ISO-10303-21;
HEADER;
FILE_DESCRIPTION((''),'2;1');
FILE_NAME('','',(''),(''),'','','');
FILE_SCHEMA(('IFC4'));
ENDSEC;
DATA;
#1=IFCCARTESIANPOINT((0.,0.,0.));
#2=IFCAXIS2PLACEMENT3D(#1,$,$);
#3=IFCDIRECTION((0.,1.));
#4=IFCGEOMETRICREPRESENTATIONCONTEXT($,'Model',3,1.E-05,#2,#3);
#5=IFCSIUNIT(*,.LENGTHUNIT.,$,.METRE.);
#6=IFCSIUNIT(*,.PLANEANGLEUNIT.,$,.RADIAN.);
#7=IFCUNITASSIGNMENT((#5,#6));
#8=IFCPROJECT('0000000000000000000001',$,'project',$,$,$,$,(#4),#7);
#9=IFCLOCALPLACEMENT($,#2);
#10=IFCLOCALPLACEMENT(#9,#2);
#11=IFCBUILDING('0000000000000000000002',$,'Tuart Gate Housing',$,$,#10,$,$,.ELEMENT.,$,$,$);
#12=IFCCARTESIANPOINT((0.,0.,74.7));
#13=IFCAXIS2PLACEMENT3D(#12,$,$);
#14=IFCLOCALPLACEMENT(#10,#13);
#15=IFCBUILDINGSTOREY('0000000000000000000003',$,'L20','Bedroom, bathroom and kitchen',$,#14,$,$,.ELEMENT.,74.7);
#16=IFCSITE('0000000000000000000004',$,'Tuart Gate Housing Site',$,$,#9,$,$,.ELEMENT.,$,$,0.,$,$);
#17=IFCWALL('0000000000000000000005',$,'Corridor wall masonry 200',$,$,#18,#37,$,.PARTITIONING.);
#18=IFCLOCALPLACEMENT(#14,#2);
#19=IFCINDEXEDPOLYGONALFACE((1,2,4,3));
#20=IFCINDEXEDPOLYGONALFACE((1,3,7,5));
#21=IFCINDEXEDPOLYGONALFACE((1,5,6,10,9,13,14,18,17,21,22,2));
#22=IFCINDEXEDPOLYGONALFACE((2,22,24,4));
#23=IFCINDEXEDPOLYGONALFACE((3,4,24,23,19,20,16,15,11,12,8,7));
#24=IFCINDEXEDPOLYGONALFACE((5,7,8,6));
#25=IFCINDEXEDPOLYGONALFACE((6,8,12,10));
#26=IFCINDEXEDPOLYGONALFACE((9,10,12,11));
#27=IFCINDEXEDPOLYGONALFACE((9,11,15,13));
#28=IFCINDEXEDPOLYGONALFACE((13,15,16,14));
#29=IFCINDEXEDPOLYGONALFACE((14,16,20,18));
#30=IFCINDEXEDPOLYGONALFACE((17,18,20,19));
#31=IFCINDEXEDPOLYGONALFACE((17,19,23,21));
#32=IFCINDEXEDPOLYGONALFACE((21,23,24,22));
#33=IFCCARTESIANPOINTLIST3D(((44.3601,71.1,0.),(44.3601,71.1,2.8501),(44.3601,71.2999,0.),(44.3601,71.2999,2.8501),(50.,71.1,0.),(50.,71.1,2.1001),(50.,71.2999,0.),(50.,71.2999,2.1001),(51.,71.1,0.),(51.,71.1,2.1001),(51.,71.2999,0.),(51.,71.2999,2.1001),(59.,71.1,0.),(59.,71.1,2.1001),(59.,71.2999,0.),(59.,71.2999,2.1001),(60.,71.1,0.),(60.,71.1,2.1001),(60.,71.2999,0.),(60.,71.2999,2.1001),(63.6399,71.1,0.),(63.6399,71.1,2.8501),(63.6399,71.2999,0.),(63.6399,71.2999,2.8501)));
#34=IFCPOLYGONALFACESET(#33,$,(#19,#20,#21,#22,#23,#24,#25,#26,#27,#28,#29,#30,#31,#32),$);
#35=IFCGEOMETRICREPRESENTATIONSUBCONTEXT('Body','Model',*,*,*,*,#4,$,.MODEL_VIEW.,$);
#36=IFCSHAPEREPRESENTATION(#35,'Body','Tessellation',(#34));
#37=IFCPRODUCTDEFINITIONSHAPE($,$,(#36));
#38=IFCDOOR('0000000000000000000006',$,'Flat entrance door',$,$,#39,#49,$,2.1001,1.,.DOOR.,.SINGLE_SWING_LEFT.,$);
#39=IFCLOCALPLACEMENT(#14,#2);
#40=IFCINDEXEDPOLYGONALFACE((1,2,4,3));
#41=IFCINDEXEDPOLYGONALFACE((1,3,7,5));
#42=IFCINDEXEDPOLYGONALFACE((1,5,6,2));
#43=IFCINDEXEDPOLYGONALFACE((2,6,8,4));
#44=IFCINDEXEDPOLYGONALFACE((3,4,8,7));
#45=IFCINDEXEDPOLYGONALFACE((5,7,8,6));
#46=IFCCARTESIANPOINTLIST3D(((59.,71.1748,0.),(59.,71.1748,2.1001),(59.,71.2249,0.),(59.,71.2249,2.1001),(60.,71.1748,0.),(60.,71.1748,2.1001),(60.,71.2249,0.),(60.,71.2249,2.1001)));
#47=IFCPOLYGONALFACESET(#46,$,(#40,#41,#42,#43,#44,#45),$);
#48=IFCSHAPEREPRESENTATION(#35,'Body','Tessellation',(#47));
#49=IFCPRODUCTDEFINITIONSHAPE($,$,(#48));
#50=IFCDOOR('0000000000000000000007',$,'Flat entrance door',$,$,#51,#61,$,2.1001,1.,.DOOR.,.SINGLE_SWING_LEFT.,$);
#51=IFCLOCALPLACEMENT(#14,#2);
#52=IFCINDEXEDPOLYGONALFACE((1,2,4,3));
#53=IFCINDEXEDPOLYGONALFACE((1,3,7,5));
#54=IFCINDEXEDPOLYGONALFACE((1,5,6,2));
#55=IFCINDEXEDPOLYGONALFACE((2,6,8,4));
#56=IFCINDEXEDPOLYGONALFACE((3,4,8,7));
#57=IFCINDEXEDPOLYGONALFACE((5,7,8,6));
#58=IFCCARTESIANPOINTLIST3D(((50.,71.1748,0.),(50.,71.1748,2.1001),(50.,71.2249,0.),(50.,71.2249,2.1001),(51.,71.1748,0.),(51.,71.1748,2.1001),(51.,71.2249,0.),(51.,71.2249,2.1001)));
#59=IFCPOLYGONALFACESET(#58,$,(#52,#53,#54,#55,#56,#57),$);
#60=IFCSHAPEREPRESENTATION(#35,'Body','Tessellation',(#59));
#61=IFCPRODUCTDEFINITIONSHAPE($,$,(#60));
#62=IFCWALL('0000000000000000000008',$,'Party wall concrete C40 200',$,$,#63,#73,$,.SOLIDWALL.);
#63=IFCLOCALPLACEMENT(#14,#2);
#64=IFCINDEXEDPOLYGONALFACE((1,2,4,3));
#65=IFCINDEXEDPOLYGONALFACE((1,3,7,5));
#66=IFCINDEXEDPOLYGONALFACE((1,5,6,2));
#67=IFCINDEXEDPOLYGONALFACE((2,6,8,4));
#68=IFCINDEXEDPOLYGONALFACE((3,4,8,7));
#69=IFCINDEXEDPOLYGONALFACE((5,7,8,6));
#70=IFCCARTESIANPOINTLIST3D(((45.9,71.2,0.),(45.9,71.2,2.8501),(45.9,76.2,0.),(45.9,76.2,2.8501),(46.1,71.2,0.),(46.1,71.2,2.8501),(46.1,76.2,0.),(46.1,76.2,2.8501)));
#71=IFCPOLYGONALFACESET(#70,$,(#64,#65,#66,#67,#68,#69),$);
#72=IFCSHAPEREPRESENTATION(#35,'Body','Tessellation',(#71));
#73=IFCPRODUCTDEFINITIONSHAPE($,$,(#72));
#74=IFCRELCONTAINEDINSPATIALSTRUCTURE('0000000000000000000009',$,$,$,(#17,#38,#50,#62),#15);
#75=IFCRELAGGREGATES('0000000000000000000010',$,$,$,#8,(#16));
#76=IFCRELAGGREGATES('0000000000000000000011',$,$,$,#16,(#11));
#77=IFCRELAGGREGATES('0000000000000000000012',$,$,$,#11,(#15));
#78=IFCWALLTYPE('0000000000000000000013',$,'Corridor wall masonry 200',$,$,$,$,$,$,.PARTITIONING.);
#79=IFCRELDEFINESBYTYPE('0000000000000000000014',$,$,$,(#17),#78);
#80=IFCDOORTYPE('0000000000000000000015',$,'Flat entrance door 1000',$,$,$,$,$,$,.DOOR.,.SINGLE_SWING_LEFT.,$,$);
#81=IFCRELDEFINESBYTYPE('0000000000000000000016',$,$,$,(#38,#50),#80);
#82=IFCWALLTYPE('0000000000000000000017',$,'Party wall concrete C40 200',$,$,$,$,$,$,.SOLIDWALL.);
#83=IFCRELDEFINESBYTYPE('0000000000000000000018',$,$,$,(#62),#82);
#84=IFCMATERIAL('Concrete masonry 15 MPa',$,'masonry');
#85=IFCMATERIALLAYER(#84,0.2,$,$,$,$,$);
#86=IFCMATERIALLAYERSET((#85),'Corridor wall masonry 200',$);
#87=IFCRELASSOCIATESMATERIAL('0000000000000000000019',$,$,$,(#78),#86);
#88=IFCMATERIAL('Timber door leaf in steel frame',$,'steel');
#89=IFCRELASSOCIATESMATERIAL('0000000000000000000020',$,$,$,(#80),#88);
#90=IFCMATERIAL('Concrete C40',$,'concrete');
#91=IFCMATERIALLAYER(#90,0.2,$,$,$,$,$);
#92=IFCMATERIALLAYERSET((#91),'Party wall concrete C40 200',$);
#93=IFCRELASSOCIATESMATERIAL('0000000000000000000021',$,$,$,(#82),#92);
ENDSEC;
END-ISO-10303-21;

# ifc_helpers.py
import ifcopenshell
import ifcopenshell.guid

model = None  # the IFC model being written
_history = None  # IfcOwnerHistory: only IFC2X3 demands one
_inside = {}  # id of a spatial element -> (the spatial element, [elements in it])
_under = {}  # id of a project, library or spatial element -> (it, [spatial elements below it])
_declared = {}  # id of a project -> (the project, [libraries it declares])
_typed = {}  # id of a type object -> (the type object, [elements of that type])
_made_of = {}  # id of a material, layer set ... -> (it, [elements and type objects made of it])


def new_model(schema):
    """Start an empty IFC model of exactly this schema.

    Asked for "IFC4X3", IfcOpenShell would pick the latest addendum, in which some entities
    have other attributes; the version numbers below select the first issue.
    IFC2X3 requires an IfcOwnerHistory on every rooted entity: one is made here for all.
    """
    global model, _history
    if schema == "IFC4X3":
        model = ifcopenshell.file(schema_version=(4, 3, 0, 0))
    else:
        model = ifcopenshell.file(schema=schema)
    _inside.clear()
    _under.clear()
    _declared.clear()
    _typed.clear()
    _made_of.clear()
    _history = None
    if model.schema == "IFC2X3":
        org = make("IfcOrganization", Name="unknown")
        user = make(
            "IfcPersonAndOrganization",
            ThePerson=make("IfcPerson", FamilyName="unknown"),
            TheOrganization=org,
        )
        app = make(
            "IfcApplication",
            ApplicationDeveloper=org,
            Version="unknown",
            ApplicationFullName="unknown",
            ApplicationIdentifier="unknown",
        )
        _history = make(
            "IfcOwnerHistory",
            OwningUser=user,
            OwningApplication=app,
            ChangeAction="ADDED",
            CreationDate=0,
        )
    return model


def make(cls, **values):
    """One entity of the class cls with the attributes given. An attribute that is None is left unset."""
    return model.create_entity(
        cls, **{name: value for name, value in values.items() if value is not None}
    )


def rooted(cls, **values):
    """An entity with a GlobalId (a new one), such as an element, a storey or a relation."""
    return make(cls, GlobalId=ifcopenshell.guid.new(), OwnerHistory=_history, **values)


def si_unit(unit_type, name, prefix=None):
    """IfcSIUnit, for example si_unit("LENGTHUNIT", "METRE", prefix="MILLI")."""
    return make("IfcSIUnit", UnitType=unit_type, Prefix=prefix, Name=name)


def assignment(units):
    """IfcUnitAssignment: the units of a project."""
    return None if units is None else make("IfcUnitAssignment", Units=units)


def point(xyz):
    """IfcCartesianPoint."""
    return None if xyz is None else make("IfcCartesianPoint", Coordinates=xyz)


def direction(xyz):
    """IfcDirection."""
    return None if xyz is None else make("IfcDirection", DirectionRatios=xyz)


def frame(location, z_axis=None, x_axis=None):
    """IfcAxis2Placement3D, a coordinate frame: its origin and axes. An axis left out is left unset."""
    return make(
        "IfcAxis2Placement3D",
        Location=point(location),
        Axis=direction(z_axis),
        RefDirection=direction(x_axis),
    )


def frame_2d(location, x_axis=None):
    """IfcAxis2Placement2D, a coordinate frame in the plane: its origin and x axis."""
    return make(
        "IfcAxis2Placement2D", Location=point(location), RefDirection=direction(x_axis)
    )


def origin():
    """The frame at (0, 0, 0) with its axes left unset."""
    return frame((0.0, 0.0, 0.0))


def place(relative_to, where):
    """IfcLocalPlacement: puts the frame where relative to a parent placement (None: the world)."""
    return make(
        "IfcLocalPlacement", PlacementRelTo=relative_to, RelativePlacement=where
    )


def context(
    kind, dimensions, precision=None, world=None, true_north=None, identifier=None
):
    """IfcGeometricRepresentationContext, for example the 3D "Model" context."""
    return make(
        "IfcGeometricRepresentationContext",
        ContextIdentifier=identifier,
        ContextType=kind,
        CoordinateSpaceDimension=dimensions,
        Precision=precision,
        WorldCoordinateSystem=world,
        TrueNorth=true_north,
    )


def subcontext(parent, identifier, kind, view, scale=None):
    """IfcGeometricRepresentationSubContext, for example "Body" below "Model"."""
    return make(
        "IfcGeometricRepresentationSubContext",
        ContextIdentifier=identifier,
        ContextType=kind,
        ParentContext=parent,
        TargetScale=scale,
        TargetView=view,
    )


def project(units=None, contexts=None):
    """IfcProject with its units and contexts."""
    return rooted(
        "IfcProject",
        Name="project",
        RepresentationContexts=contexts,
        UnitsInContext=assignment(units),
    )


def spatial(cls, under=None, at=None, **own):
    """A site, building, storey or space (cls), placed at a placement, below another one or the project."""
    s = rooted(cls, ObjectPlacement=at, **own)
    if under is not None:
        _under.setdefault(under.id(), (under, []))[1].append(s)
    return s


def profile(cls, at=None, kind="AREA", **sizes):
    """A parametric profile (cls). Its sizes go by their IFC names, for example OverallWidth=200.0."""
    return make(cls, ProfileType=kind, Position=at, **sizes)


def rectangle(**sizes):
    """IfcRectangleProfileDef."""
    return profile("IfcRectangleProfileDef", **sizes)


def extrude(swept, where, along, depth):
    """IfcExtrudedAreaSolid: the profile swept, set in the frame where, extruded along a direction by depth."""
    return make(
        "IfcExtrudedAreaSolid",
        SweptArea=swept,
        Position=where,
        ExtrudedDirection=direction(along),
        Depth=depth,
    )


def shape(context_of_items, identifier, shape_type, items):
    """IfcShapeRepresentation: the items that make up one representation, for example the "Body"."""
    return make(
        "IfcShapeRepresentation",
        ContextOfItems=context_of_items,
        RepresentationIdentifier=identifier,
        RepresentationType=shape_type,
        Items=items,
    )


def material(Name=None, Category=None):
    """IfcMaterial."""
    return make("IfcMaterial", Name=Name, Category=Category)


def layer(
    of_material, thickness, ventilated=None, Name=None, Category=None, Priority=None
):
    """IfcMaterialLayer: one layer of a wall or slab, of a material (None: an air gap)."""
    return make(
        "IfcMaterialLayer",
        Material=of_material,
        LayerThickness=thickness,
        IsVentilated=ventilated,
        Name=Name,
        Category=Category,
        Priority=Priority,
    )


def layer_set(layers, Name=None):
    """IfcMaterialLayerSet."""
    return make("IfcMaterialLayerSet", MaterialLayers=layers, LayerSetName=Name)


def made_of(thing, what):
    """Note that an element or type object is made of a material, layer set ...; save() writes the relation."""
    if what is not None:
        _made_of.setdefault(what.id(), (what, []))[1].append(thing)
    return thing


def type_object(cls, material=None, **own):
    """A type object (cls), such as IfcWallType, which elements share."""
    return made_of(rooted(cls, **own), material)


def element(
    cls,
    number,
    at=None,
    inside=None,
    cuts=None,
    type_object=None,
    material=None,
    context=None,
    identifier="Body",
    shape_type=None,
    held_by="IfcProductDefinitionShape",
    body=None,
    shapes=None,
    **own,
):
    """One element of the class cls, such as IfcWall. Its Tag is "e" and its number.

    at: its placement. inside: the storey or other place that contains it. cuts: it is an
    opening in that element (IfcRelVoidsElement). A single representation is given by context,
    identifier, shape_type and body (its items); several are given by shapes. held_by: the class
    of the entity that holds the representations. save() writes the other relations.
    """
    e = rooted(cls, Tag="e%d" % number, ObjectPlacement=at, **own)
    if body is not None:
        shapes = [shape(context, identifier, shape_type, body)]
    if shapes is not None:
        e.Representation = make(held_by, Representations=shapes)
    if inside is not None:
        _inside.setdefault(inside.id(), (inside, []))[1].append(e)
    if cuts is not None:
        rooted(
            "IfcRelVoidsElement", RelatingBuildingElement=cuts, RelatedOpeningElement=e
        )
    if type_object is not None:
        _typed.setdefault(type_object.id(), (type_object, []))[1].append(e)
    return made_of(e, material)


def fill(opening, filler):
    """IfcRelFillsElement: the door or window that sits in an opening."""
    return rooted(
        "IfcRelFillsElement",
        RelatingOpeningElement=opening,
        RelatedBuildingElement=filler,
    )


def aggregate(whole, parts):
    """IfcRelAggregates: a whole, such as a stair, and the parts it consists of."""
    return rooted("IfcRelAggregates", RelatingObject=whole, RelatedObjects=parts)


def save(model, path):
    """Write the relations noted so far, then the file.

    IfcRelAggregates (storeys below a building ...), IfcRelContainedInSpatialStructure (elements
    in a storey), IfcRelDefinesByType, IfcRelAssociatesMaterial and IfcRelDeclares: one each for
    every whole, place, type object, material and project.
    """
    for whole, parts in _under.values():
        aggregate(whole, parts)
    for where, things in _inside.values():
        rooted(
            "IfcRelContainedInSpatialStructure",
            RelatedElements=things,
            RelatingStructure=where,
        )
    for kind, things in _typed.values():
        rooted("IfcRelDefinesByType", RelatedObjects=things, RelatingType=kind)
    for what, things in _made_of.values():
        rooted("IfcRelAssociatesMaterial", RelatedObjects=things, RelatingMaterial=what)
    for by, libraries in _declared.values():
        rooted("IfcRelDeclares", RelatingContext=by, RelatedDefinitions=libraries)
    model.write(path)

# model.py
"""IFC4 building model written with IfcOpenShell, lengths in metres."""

from ifc_helpers import new_model, si_unit, direction, frame, frame_2d, origin, place, context, subcontext, project, spatial, rectangle, extrude, material, layer, layer_set, type_object, element, fill, save


model = new_model("IFC4")

# Units and contexts
model_context = context("Model", 3, precision=1e-05, world=origin(), true_north=direction((0.0, 1.0)))
body_context = subcontext(model_context, "Body", "Model", "MODEL_VIEW")
ifc_project = project(units=[si_unit("LENGTHUNIT", "METRE"), si_unit("PLANEANGLEUNIT", "RADIAN")], contexts=[model_context])

# Site, building, storey
site_placement = place(None, origin())
site = spatial("IfcSite", under=ifc_project, at=site_placement, Name="Tuart Gate Housing Site", CompositionType="ELEMENT", RefElevation=0.0)
building_placement = place(site_placement, origin())
building = spatial("IfcBuilding", under=site, at=building_placement, Name="Tuart Gate Housing", CompositionType="ELEMENT")
storey_placement = place(building_placement, frame((0.0, 0.0, 74.7)))
storey = spatial("IfcBuildingStorey", under=building, at=storey_placement, Name="L20", Description="Bedroom, bathroom and kitchen", CompositionType="ELEMENT", Elevation=74.7)

# Wall, openings, doors
ifc_material_1 = material(Name="Concrete masonry 15 MPa", Category="masonry")
ifc_layer_1 = layer(ifc_material_1, 0.2)
ifc_layer_set_1 = layer_set([ifc_layer_1], Name="Corridor wall masonry 200")
wall_type_1 = type_object("IfcWallType", Name="Corridor wall masonry 200", PredefinedType="PARTITIONING", material=ifc_layer_set_1)
wall_1_placement = place(storey_placement, frame((44.3601, 71.2, 0.0), z_axis=(0.0, 0.0, 1.0), x_axis=(1.0, 0.0, 0.0)))
wall_1 = element("IfcWall", 1, at=wall_1_placement, inside=storey, type_object=wall_type_1, Name="Corridor wall masonry 200", PredefinedType="PARTITIONING", context=body_context, shape_type="SweptSolid", body=[
    extrude(rectangle(XDim=19.2798, YDim=0.2, at=frame_2d((9.6399, 0.0))), origin(), (0.0, 0.0, 1.0), 2.8501),
])
opening_1_placement = place(wall_1_placement, frame((14.6399, 0.0, 0.0)))
opening_1 = element("IfcOpeningElement", 2, at=opening_1_placement, cuts=wall_1, PredefinedType="OPENING", context=body_context, shape_type="SweptSolid", body=[
    extrude(rectangle(XDim=1.0, YDim=2.1001, at=frame_2d((0.5, 1.05))), frame((0.0, 0.1099, 0.0), z_axis=(0.0, -1.0, 0.0), x_axis=(1.0, 0.0, 0.0)), (0.0, 0.0, 1.0), 0.22),
])
opening_2_placement = place(wall_1_placement, frame((5.6399, 0.0, 0.0)))
opening_2 = element("IfcOpeningElement", 3, at=opening_2_placement, cuts=wall_1, PredefinedType="OPENING", context=body_context, shape_type="SweptSolid", body=[
    extrude(rectangle(XDim=1.0, YDim=2.1001, at=frame_2d((0.5, 1.05))), frame((0.0, 0.1099, 0.0), z_axis=(0.0, -1.0, 0.0), x_axis=(1.0, 0.0, 0.0)), (0.0, 0.0, 1.0), 0.22),
])
ifc_material_2 = material(Name="Timber door leaf in steel frame", Category="steel")
door_type_1 = type_object("IfcDoorType", Name="Flat entrance door 1000", OperationType="SINGLE_SWING_LEFT", PredefinedType="DOOR", material=ifc_material_2)
door_1_placement = place(opening_1_placement, origin())
door_1 = element("IfcDoor", 4, at=door_1_placement, inside=storey, type_object=door_type_1, Name="Flat entrance door", OperationType="SINGLE_SWING_LEFT", OverallHeight=2.1001, OverallWidth=1.0, PredefinedType="DOOR", context=body_context, shape_type="SweptSolid", body=[
    extrude(rectangle(XDim=1.0, YDim=2.1001, at=frame_2d((0.5, 1.05))), frame((0.0, 0.0249, 0.0), z_axis=(0.0, -1.0, 0.0), x_axis=(1.0, 0.0, 0.0)), (0.0, 0.0, 1.0), 0.05),
])
fill(opening_1, door_1)
door_2_placement = place(opening_2_placement, origin())
door_2 = element("IfcDoor", 5, at=door_2_placement, inside=storey, type_object=door_type_1, Name="Flat entrance door", OperationType="SINGLE_SWING_LEFT", OverallHeight=2.1001, OverallWidth=1.0, PredefinedType="DOOR", context=body_context, shape_type="SweptSolid", body=[
    extrude(rectangle(XDim=1.0, YDim=2.1001, at=frame_2d((0.5, 1.05))), frame((0.0, 0.0249, 0.0), z_axis=(0.0, -1.0, 0.0), x_axis=(1.0, 0.0, 0.0)), (0.0, 0.0, 1.0), 0.05),
])
fill(opening_2, door_2)

# Wall
ifc_material_3 = material(Name="Concrete C40", Category="concrete")
ifc_layer_2 = layer(ifc_material_3, 0.2)
ifc_layer_set_2 = layer_set([ifc_layer_2], Name="Party wall concrete C40 200")
wall_type_2 = type_object("IfcWallType", Name="Party wall concrete C40 200", PredefinedType="SOLIDWALL", material=ifc_layer_set_2)
wall_2_placement = place(storey_placement, frame((46.0, 71.2, 0.0), z_axis=(0.0, 0.0, 1.0), x_axis=(0.0, 1.0, 0.0)))
element("IfcWall", 6, at=wall_2_placement, inside=storey, type_object=wall_type_2, Name="Party wall concrete C40 200", PredefinedType="SOLIDWALL", context=body_context, shape_type="SweptSolid", body=[
    extrude(rectangle(XDim=5.0, YDim=0.2, at=frame_2d((2.5, 0.0))), origin(), (0.0, 0.0, 1.0), 2.8501),
])

save(model, "model.ifc")
